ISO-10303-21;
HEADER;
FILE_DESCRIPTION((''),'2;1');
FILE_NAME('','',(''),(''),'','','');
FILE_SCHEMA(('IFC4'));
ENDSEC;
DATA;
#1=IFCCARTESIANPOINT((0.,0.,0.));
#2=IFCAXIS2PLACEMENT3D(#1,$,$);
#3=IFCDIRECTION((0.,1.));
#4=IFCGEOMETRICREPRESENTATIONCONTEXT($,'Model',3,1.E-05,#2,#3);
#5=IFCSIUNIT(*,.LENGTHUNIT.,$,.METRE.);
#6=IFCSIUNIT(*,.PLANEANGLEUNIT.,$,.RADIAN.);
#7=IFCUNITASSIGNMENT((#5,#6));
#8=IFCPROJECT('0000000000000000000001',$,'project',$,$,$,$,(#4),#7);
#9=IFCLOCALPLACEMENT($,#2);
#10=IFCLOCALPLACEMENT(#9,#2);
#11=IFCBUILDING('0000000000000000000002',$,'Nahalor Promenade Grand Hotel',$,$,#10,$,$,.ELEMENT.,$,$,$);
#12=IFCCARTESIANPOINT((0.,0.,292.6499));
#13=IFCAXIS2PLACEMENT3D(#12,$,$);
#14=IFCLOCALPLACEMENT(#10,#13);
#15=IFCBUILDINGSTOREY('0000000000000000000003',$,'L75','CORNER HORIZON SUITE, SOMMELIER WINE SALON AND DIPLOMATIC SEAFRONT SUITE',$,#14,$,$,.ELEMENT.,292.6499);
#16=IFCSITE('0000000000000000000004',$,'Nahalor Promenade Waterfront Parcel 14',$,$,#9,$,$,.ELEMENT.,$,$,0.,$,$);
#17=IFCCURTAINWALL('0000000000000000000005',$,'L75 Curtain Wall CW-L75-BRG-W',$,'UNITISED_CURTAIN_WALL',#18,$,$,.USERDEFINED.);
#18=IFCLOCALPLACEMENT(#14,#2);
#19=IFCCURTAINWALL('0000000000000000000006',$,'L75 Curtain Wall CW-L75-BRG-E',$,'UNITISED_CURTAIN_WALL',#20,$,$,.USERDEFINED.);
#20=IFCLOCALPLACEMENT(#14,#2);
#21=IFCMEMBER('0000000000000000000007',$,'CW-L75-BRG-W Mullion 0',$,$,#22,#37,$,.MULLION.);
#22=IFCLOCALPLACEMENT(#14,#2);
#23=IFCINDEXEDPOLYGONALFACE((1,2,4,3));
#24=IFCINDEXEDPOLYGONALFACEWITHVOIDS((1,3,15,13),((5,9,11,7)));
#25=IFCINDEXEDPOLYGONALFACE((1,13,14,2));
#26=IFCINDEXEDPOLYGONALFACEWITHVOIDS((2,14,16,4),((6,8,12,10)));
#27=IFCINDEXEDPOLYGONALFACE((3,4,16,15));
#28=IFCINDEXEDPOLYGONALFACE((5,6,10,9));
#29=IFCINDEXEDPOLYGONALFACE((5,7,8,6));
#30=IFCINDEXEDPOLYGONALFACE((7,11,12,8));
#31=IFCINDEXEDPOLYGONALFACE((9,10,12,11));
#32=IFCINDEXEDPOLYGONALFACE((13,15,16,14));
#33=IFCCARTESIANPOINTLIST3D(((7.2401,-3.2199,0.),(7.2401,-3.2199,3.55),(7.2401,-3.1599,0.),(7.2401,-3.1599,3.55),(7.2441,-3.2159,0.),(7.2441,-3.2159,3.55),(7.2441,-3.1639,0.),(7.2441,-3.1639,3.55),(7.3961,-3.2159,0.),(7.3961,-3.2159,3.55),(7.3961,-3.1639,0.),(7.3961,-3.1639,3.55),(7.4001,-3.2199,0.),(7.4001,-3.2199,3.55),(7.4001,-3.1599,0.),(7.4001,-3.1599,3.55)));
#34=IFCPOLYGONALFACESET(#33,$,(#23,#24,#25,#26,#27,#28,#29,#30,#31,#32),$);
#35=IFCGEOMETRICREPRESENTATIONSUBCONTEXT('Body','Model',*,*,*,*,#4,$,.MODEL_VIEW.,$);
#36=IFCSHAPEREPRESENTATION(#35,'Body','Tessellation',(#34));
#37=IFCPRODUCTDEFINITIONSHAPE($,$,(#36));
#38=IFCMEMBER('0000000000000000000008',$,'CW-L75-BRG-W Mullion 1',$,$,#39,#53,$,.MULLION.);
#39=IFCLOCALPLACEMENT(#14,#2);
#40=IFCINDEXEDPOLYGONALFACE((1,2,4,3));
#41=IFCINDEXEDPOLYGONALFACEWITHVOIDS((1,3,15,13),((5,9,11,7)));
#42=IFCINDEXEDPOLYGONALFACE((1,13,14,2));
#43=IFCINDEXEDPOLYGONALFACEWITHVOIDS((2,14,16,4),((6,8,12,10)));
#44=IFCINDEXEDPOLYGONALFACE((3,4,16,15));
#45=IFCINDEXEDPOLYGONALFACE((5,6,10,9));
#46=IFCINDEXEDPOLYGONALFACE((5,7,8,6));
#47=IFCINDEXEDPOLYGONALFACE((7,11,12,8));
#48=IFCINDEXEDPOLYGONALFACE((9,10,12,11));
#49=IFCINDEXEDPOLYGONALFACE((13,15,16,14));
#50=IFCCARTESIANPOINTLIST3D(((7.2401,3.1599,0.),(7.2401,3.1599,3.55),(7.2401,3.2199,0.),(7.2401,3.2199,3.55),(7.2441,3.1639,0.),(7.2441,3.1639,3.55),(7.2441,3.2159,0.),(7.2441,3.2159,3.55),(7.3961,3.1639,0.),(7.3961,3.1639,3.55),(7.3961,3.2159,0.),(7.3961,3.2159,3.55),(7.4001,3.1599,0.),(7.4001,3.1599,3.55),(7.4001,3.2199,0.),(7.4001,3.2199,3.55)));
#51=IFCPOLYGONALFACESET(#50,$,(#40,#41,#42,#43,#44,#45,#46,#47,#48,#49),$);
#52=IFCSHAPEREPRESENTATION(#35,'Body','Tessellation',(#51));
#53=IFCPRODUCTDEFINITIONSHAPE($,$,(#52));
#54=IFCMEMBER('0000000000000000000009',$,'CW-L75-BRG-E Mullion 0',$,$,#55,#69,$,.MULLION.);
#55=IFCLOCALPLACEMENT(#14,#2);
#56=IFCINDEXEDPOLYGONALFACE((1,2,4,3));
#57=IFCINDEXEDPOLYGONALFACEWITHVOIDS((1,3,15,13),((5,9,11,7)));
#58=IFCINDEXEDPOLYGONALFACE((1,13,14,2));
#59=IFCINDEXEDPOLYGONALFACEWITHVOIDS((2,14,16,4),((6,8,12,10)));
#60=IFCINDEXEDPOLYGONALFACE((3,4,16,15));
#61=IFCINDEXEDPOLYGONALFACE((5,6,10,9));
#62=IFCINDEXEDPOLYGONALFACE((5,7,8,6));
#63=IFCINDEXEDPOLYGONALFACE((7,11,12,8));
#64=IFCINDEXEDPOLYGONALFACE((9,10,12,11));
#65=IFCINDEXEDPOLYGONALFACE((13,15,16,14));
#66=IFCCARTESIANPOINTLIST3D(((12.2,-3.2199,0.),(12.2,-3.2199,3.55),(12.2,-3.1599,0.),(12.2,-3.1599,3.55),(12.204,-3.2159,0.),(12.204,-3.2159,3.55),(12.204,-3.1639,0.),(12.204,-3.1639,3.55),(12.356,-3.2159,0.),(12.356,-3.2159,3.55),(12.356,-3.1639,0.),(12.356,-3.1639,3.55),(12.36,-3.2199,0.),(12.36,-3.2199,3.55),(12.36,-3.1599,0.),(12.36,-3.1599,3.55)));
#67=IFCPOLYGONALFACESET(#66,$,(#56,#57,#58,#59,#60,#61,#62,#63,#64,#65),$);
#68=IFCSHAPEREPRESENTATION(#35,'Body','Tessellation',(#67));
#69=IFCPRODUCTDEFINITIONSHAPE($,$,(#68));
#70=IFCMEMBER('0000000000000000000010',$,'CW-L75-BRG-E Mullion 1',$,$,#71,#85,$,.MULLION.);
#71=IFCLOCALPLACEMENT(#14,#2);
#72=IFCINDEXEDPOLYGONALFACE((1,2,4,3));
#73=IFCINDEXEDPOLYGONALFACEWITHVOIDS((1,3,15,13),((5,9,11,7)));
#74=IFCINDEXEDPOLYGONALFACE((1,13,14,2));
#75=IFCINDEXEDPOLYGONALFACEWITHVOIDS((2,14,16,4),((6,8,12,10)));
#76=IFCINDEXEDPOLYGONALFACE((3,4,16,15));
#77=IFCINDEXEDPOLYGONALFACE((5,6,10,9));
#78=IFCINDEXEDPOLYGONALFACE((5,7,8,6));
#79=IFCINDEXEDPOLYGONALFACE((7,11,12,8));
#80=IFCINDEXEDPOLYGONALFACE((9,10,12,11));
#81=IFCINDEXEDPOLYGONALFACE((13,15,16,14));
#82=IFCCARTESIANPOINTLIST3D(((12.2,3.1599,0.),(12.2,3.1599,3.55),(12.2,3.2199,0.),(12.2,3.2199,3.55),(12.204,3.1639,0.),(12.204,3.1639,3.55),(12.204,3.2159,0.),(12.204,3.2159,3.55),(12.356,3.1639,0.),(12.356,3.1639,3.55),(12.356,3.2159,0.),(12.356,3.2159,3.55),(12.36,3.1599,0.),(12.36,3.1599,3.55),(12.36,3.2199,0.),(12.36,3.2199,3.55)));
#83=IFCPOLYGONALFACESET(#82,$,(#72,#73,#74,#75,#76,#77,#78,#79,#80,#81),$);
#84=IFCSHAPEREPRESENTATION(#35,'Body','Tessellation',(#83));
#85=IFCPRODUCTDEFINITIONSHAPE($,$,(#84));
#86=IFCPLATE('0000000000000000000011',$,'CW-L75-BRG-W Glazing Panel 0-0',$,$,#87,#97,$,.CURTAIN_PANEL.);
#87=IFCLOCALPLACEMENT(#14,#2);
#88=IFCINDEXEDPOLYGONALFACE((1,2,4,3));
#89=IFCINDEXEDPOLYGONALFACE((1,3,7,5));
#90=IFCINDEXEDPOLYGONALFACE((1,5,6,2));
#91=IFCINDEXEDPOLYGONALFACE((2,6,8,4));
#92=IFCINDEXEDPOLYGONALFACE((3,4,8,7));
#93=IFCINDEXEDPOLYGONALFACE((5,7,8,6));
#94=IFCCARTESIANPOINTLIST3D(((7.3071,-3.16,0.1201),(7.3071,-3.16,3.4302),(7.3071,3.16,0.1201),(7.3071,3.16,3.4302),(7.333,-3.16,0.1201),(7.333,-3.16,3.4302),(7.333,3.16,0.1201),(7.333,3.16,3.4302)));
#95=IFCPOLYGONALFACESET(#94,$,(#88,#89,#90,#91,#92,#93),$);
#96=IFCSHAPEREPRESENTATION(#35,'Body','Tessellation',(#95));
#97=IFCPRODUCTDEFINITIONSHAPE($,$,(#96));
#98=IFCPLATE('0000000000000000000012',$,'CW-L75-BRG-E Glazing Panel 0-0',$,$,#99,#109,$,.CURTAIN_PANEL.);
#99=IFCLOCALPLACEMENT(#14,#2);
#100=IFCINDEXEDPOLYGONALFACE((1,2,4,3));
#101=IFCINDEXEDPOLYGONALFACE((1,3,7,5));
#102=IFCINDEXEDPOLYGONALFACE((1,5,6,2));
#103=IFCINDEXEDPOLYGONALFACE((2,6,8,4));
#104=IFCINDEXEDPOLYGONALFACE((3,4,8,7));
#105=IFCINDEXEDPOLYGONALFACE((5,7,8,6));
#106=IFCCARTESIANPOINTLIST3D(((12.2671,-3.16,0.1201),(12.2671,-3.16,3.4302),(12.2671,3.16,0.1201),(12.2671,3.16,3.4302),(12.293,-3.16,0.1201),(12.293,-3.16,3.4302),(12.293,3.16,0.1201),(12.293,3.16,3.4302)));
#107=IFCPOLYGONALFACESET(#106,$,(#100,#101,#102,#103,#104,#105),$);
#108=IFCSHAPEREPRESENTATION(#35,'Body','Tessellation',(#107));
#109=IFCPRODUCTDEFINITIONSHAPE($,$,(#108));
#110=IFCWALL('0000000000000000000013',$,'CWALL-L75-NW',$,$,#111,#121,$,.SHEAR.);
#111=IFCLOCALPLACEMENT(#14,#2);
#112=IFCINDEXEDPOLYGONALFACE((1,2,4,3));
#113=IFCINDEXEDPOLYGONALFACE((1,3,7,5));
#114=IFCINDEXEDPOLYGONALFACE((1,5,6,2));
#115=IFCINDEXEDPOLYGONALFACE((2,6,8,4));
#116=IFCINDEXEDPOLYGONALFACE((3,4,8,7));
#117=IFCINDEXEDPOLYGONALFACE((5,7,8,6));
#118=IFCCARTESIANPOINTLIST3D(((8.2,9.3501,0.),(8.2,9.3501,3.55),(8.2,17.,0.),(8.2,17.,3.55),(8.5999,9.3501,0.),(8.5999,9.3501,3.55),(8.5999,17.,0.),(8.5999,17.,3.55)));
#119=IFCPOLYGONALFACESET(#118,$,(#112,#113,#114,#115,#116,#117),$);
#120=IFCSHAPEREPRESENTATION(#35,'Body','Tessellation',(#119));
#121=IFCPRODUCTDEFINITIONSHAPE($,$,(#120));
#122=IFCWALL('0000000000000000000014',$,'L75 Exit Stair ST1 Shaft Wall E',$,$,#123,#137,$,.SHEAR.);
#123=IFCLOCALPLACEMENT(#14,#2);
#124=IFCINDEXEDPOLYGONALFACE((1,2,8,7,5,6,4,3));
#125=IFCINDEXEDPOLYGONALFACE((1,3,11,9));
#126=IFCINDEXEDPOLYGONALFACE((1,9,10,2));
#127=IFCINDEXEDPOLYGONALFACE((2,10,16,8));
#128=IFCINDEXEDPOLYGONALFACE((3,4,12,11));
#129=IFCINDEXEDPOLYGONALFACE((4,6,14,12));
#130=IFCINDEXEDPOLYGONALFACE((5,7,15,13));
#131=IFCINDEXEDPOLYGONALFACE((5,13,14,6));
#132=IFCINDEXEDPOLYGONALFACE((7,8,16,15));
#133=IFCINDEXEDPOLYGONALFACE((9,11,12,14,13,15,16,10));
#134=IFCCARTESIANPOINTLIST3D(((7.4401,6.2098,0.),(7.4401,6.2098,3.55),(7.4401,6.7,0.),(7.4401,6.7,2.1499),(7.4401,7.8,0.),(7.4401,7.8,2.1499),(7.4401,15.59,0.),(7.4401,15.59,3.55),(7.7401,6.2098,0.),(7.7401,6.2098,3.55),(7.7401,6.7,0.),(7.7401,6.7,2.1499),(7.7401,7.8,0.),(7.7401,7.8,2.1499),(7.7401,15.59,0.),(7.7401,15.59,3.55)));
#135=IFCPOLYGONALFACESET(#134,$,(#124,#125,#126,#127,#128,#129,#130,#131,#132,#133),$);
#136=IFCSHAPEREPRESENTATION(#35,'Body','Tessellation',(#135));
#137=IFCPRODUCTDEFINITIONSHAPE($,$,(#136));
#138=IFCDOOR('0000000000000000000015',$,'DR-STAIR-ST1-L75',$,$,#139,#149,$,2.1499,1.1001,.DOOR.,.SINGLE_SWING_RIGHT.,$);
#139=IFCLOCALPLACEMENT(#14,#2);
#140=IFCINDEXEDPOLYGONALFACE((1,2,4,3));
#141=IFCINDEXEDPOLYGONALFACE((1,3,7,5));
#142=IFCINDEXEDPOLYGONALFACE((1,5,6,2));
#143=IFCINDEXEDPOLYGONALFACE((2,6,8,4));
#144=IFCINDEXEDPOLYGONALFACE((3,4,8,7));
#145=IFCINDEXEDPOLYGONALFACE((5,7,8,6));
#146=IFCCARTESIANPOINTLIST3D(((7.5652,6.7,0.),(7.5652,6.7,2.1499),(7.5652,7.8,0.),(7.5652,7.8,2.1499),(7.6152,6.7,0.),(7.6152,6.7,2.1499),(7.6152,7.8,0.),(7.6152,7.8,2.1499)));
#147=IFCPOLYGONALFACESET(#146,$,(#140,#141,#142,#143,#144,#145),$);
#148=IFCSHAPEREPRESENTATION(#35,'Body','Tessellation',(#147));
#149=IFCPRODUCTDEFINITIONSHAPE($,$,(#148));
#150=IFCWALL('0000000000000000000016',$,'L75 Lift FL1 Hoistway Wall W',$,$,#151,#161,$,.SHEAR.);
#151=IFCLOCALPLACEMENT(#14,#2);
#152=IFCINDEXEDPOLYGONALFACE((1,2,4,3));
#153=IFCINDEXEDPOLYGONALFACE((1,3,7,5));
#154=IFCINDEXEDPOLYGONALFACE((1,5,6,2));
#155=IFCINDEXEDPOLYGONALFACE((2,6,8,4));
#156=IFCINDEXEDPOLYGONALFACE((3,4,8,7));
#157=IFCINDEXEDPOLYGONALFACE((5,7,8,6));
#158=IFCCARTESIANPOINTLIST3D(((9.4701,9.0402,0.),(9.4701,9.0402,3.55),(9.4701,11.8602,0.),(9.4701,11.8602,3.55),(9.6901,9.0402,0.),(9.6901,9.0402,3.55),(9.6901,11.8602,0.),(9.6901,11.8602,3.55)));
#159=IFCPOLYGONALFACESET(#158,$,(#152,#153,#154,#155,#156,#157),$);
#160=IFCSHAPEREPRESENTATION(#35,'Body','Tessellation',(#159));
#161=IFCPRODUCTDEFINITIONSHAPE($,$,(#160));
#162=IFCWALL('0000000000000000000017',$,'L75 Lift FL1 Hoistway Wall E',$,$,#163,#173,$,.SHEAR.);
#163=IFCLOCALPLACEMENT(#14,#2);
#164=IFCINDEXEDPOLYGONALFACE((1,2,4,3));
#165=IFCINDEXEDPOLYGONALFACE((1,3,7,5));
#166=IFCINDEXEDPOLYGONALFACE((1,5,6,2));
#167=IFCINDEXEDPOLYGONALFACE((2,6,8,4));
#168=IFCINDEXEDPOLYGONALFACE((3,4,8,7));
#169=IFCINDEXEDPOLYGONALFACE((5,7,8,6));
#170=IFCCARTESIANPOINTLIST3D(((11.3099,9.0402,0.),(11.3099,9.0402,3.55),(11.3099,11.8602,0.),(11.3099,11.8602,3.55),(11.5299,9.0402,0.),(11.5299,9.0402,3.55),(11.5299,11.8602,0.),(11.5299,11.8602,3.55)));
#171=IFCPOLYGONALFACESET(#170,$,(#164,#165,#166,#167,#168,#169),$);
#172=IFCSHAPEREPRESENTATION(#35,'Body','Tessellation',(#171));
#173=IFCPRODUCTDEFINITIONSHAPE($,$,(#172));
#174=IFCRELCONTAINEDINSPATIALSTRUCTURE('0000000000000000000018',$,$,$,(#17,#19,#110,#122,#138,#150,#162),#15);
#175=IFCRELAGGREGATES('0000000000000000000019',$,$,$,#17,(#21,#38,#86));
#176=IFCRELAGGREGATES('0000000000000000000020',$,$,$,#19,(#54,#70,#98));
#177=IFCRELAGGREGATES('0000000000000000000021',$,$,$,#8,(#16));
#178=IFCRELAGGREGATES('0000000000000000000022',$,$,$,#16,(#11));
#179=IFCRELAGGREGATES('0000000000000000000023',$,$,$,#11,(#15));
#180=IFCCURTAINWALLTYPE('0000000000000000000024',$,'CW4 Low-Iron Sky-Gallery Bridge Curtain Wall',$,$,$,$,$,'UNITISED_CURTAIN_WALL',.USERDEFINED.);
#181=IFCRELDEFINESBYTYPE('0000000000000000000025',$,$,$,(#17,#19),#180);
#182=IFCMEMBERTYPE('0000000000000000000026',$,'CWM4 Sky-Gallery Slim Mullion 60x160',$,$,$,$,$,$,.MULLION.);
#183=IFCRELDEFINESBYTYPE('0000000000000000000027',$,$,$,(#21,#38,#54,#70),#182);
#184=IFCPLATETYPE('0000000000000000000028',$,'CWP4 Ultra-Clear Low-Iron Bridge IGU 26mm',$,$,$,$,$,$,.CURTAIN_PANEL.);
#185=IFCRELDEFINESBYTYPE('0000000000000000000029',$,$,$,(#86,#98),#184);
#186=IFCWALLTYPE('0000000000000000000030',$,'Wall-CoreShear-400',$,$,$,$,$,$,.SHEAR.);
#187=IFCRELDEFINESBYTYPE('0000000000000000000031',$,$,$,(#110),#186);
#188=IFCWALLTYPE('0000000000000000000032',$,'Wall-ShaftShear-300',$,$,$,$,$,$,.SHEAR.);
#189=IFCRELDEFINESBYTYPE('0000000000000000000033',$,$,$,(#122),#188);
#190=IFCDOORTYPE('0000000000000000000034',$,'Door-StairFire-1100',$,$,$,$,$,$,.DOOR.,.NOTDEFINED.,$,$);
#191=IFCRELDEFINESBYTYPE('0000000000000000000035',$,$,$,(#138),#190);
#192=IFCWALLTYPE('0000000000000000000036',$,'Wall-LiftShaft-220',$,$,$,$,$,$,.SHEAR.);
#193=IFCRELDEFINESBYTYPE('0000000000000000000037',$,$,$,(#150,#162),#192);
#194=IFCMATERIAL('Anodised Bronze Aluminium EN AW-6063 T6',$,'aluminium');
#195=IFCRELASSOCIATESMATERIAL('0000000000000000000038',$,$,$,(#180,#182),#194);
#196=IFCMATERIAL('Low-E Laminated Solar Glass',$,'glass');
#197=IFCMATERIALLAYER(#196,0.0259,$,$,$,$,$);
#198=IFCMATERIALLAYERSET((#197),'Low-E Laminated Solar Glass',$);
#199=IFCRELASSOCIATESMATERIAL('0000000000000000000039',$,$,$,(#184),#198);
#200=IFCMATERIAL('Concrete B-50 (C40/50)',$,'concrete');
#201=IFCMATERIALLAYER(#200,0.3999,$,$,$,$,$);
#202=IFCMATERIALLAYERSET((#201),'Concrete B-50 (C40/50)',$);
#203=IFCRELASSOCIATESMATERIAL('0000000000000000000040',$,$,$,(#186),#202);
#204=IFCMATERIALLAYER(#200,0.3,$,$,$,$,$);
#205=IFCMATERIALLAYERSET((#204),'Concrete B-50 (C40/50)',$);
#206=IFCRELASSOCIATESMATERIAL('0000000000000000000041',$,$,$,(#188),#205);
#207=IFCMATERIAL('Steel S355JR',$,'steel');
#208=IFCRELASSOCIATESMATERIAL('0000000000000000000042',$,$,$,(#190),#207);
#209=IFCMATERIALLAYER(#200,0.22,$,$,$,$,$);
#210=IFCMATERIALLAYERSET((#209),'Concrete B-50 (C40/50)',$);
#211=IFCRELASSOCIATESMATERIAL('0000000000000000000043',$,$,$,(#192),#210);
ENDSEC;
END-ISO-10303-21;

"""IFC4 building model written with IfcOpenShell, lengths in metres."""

from ifc_helpers import new_model, si_unit, direction, frame, frame_2d, origin, origin_2d, place, context, subcontext, project, spatial, rectangle, hollow_rectangle, extrude, source, transform, mapped, material, layer, layer_set, material_profile, profile_set, type_object, element, fill, aggregate, save


model = new_model("IFC4")

# Units and contexts
model_context = context("Model", 3, precision=1e-05, world=origin(), true_north=direction((0.0, 1.0)))
body_context = subcontext(model_context, "Body", "Model", "MODEL_VIEW")
ifc_project = project(units=[si_unit("LENGTHUNIT", "METRE"), si_unit("PLANEANGLEUNIT", "RADIAN")], contexts=[model_context])

# Site, building, storey
site_placement = place(None, origin())
site = spatial("IfcSite", under=ifc_project, at=site_placement, Name="Nahalor Promenade Waterfront Parcel 14", CompositionType="ELEMENT", RefElevation=0.0)
building_placement = place(site_placement, origin())
building = spatial("IfcBuilding", under=site, at=building_placement, Name="Nahalor Promenade Grand Hotel", CompositionType="ELEMENT")
storey_placement = place(building_placement, frame((0.0, 0.0, 292.6499)))
storey = spatial("IfcBuildingStorey", under=building, at=storey_placement, Name="L75", Description="CORNER HORIZON SUITE, SOMMELIER WINE SALON AND DIPLOMATIC SEAFRONT SUITE", CompositionType="ELEMENT", Elevation=292.6499)

# Shared definitions
ifc_material_1 = material(Name="Steel S355JR", Category="steel")

# Curtain walls
ifc_material_2 = material(Name="Anodised Bronze Aluminium EN AW-6063 T6", Category="aluminium")
curtain_wall_type_1 = type_object("IfcCurtainWallType", Name="CW4 Low-Iron Sky-Gallery Bridge Curtain Wall", ElementType="UNITISED_CURTAIN_WALL", PredefinedType="USERDEFINED", material=ifc_material_2)
curtain_wall_1_placement = place(storey_placement, origin())
curtain_wall_1 = element("IfcCurtainWall", 1, at=curtain_wall_1_placement, inside=storey, type_object=curtain_wall_type_1, Name="L75 Curtain Wall CW-L75-BRG-W", ObjectType="UNITISED_CURTAIN_WALL", PredefinedType="USERDEFINED")
curtain_wall_2_placement = place(storey_placement, origin())
curtain_wall_2 = element("IfcCurtainWall", 2, at=curtain_wall_2_placement, inside=storey, type_object=curtain_wall_type_1, Name="L75 Curtain Wall CW-L75-BRG-E", ObjectType="UNITISED_CURTAIN_WALL", PredefinedType="USERDEFINED")

# Members
ifc_material_profile_1 = material_profile(ifc_material_2, hollow_rectangle(XDim=0.06, YDim=0.16, WallThickness=0.004, at=origin_2d()), Name="CWM 60x160x4")
ifc_profile_set_1 = profile_set([ifc_material_profile_1], Name="Anodised Bronze Aluminium EN AW-6063 T6")
member_type_1 = type_object("IfcMemberType", Name="CWM4 Sky-Gallery Slim Mullion 60x160", PredefinedType="MULLION", material=ifc_profile_set_1)
shared_shape_1 = source(origin(), body_context, "Body", "SweptSolid", [
    extrude(hollow_rectangle(XDim=0.06, YDim=0.16, WallThickness=0.004, at=origin_2d()), origin(), (0.0, 0.0, 1.0), 3.55),
])
member_1_placement = place(storey_placement, frame((7.3201, -3.1899, 0.0), z_axis=(0.0, 0.0, 1.0), x_axis=(0.0, 1.0, 0.0)))
member_1 = element("IfcMember", 3, at=member_1_placement, type_object=member_type_1, Name="CW-L75-BRG-W Mullion 0", PredefinedType="MULLION", context=body_context, shape_type="MappedRepresentation", body=[
    mapped(shared_shape_1, transform((0.0, 0.0, 0.0), scale=1.0)),
])
member_2_placement = place(storey_placement, frame((7.3201, 3.1899, 0.0), z_axis=(0.0, 0.0, 1.0), x_axis=(0.0, 1.0, 0.0)))
member_2 = element("IfcMember", 4, at=member_2_placement, type_object=member_type_1, Name="CW-L75-BRG-W Mullion 1", PredefinedType="MULLION", context=body_context, shape_type="MappedRepresentation", body=[
    mapped(shared_shape_1, transform((0.0, 0.0, 0.0), scale=1.0)),
])
member_3_placement = place(storey_placement, frame((12.28, -3.1899, 0.0), z_axis=(0.0, 0.0, 1.0), x_axis=(0.0, 1.0, 0.0)))
member_3 = element("IfcMember", 5, at=member_3_placement, type_object=member_type_1, Name="CW-L75-BRG-E Mullion 0", PredefinedType="MULLION", context=body_context, shape_type="MappedRepresentation", body=[
    mapped(shared_shape_1, transform((0.0, 0.0, 0.0), scale=1.0)),
])
member_4_placement = place(storey_placement, frame((12.28, 3.1899, 0.0), z_axis=(0.0, 0.0, 1.0), x_axis=(0.0, 1.0, 0.0)))
member_4 = element("IfcMember", 6, at=member_4_placement, type_object=member_type_1, Name="CW-L75-BRG-E Mullion 1", PredefinedType="MULLION", context=body_context, shape_type="MappedRepresentation", body=[
    mapped(shared_shape_1, transform((0.0, 0.0, 0.0), scale=1.0)),
])

# Plates
ifc_material_3 = material(Name="Low-E Laminated Solar Glass", Category="glass")
ifc_layer_1 = layer(ifc_material_3, 0.0259)
ifc_layer_set_1 = layer_set([ifc_layer_1], Name="Low-E Laminated Solar Glass")
plate_type = type_object("IfcPlateType", Name="CWP4 Ultra-Clear Low-Iron Bridge IGU 26mm", PredefinedType="CURTAIN_PANEL", material=ifc_layer_set_1)
shared_shape_2 = source(origin(), body_context, "Body", "SweptSolid", [
    extrude(rectangle(XDim=6.3201, YDim=0.0259, at=origin_2d()), origin(), (0.0, 0.0, 1.0), 3.3101),
])
plate_1_placement = place(storey_placement, frame((7.3201, 0.0, 0.1201), z_axis=(0.0, 0.0, 1.0), x_axis=(0.0, 1.0, 0.0)))
plate_1 = element("IfcPlate", 7, at=plate_1_placement, type_object=plate_type, Name="CW-L75-BRG-W Glazing Panel 0-0", PredefinedType="CURTAIN_PANEL", context=body_context, shape_type="MappedRepresentation", body=[
    mapped(shared_shape_2, transform((0.0, 0.0, 0.0), scale=1.0)),
])
aggregate(curtain_wall_1, [member_1, member_2, plate_1])
plate_2_placement = place(storey_placement, frame((12.28, 0.0, 0.1201), z_axis=(0.0, 0.0, 1.0), x_axis=(0.0, 1.0, 0.0)))
plate_2 = element("IfcPlate", 8, at=plate_2_placement, type_object=plate_type, Name="CW-L75-BRG-E Glazing Panel 0-0", PredefinedType="CURTAIN_PANEL", context=body_context, shape_type="MappedRepresentation", body=[
    mapped(shared_shape_2, transform((0.0, 0.0, 0.0), scale=1.0)),
])
aggregate(curtain_wall_2, [member_3, member_4, plate_2])

# Wall
ifc_material_4 = material(Name="Concrete B-50 (C40/50)", Category="concrete")
ifc_layer_2 = layer(ifc_material_4, 0.3999)
ifc_layer_set_2 = layer_set([ifc_layer_2], Name="Concrete B-50 (C40/50)")
wall_type_1 = type_object("IfcWallType", Name="Wall-CoreShear-400", PredefinedType="SHEAR", material=ifc_layer_set_2)
shared_shape_3 = source(origin(), body_context, "Body", "SweptSolid", [
    extrude(rectangle(XDim=7.6499, YDim=0.3999, at=frame_2d((3.825, 0.0))), origin(), (0.0, 0.0, 1.0), 3.55),
])
wall_1_placement = place(storey_placement, frame((8.3999, 9.3501, 0.0), z_axis=(0.0, 0.0, 1.0), x_axis=(0.0, 1.0, 0.0)))
element("IfcWall", 9, at=wall_1_placement, inside=storey, type_object=wall_type_1, Name="CWALL-L75-NW", PredefinedType="SHEAR", context=body_context, shape_type="MappedRepresentation", body=[
    mapped(shared_shape_3, transform((0.0, 0.0, 0.0), scale=1.0)),
])

# Wall, opening, door
ifc_layer_3 = layer(ifc_material_4, 0.3)
ifc_layer_set_3 = layer_set([ifc_layer_3], Name="Concrete B-50 (C40/50)")
wall_type_2 = type_object("IfcWallType", Name="Wall-ShaftShear-300", PredefinedType="SHEAR", material=ifc_layer_set_3)
shared_shape_4 = source(origin(), body_context, "Body", "SweptSolid", [
    extrude(rectangle(XDim=9.3801, YDim=0.3, at=frame_2d((4.6899, 0.0))), origin(), (0.0, 0.0, 1.0), 3.55),
])
wall_2_placement = place(storey_placement, frame((7.5901, 6.21, 0.0), z_axis=(0.0, 0.0, 1.0), x_axis=(0.0, 1.0, 0.0)))
wall_2 = element("IfcWall", 10, at=wall_2_placement, inside=storey, type_object=wall_type_2, Name="L75 Exit Stair ST1 Shaft Wall E", PredefinedType="SHEAR", context=body_context, shape_type="MappedRepresentation", body=[
    mapped(shared_shape_4, transform((0.0, 0.0, 0.0), scale=1.0)),
])
opening_1_placement = place(wall_2_placement, frame((0.49, 0.0, 0.0)))
opening_1 = element("IfcOpeningElement", 11, at=opening_1_placement, cuts=wall_2, PredefinedType="OPENING", context=body_context, shape_type="SweptSolid", body=[
    extrude(rectangle(XDim=1.1001, YDim=2.1499, at=frame_2d((0.55, 1.075))), frame((0.0, 0.1599, 0.0), z_axis=(0.0, -1.0, 0.0), x_axis=(1.0, 0.0, 0.0)), (0.0, 0.0, 1.0), 0.3201),
])
door_type_1 = type_object("IfcDoorType", Name="Door-StairFire-1100", OperationType="NOTDEFINED", PredefinedType="DOOR", material=ifc_material_1)
shared_shape_5 = source(origin(), body_context, "Body", "SweptSolid", [
    extrude(rectangle(XDim=1.1001, YDim=2.1499, at=frame_2d((0.55, 1.075))), frame((0.0, 0.0249, 0.0), z_axis=(0.0, -1.0, 0.0), x_axis=(1.0, 0.0, 0.0)), (0.0, 0.0, 1.0), 0.05),
])
door_1_placement = place(opening_1_placement, origin())
door_1 = element("IfcDoor", 12, at=door_1_placement, inside=storey, type_object=door_type_1, Name="DR-STAIR-ST1-L75", OperationType="SINGLE_SWING_RIGHT", OverallHeight=2.1499, OverallWidth=1.1001, PredefinedType="DOOR", context=body_context, shape_type="MappedRepresentation", body=[
    mapped(shared_shape_5, transform((0.0, 0.0, 0.0), scale=1.0)),
])
fill(opening_1, door_1)

# Walls
ifc_layer_4 = layer(ifc_material_4, 0.22)
ifc_layer_set_4 = layer_set([ifc_layer_4], Name="Concrete B-50 (C40/50)")
wall_type_3 = type_object("IfcWallType", Name="Wall-LiftShaft-220", PredefinedType="SHEAR", material=ifc_layer_set_4)
shared_shape_6 = source(origin(), body_context, "Body", "SweptSolid", [
    extrude(rectangle(XDim=2.8201, YDim=0.22, at=frame_2d((1.4102, 0.0))), origin(), (0.0, 0.0, 1.0), 3.55),
])
for number, where, z_axis, x_axis, name in (
    (13, (9.5801, 9.04, 0.0), (0.0, 0.0, 1.0), (0.0, 1.0, 0.0), "L75 Lift FL1 Hoistway Wall W"),
    (14, (11.4199, 9.04, 0.0), (0.0, 0.0, 1.0), (0.0, 1.0, 0.0), "L75 Lift FL1 Hoistway Wall E"),
):
    element("IfcWall", number, at=place(storey_placement, frame(where, z_axis=z_axis, x_axis=x_axis)), inside=storey, type_object=wall_type_3, Name=name, PredefinedType="SHEAR", context=body_context, shape_type="MappedRepresentation", body=[
        mapped(shared_shape_6, transform((0.0, 0.0, 0.0), scale=1.0)),
    ])

save(model, "model.ifc")
